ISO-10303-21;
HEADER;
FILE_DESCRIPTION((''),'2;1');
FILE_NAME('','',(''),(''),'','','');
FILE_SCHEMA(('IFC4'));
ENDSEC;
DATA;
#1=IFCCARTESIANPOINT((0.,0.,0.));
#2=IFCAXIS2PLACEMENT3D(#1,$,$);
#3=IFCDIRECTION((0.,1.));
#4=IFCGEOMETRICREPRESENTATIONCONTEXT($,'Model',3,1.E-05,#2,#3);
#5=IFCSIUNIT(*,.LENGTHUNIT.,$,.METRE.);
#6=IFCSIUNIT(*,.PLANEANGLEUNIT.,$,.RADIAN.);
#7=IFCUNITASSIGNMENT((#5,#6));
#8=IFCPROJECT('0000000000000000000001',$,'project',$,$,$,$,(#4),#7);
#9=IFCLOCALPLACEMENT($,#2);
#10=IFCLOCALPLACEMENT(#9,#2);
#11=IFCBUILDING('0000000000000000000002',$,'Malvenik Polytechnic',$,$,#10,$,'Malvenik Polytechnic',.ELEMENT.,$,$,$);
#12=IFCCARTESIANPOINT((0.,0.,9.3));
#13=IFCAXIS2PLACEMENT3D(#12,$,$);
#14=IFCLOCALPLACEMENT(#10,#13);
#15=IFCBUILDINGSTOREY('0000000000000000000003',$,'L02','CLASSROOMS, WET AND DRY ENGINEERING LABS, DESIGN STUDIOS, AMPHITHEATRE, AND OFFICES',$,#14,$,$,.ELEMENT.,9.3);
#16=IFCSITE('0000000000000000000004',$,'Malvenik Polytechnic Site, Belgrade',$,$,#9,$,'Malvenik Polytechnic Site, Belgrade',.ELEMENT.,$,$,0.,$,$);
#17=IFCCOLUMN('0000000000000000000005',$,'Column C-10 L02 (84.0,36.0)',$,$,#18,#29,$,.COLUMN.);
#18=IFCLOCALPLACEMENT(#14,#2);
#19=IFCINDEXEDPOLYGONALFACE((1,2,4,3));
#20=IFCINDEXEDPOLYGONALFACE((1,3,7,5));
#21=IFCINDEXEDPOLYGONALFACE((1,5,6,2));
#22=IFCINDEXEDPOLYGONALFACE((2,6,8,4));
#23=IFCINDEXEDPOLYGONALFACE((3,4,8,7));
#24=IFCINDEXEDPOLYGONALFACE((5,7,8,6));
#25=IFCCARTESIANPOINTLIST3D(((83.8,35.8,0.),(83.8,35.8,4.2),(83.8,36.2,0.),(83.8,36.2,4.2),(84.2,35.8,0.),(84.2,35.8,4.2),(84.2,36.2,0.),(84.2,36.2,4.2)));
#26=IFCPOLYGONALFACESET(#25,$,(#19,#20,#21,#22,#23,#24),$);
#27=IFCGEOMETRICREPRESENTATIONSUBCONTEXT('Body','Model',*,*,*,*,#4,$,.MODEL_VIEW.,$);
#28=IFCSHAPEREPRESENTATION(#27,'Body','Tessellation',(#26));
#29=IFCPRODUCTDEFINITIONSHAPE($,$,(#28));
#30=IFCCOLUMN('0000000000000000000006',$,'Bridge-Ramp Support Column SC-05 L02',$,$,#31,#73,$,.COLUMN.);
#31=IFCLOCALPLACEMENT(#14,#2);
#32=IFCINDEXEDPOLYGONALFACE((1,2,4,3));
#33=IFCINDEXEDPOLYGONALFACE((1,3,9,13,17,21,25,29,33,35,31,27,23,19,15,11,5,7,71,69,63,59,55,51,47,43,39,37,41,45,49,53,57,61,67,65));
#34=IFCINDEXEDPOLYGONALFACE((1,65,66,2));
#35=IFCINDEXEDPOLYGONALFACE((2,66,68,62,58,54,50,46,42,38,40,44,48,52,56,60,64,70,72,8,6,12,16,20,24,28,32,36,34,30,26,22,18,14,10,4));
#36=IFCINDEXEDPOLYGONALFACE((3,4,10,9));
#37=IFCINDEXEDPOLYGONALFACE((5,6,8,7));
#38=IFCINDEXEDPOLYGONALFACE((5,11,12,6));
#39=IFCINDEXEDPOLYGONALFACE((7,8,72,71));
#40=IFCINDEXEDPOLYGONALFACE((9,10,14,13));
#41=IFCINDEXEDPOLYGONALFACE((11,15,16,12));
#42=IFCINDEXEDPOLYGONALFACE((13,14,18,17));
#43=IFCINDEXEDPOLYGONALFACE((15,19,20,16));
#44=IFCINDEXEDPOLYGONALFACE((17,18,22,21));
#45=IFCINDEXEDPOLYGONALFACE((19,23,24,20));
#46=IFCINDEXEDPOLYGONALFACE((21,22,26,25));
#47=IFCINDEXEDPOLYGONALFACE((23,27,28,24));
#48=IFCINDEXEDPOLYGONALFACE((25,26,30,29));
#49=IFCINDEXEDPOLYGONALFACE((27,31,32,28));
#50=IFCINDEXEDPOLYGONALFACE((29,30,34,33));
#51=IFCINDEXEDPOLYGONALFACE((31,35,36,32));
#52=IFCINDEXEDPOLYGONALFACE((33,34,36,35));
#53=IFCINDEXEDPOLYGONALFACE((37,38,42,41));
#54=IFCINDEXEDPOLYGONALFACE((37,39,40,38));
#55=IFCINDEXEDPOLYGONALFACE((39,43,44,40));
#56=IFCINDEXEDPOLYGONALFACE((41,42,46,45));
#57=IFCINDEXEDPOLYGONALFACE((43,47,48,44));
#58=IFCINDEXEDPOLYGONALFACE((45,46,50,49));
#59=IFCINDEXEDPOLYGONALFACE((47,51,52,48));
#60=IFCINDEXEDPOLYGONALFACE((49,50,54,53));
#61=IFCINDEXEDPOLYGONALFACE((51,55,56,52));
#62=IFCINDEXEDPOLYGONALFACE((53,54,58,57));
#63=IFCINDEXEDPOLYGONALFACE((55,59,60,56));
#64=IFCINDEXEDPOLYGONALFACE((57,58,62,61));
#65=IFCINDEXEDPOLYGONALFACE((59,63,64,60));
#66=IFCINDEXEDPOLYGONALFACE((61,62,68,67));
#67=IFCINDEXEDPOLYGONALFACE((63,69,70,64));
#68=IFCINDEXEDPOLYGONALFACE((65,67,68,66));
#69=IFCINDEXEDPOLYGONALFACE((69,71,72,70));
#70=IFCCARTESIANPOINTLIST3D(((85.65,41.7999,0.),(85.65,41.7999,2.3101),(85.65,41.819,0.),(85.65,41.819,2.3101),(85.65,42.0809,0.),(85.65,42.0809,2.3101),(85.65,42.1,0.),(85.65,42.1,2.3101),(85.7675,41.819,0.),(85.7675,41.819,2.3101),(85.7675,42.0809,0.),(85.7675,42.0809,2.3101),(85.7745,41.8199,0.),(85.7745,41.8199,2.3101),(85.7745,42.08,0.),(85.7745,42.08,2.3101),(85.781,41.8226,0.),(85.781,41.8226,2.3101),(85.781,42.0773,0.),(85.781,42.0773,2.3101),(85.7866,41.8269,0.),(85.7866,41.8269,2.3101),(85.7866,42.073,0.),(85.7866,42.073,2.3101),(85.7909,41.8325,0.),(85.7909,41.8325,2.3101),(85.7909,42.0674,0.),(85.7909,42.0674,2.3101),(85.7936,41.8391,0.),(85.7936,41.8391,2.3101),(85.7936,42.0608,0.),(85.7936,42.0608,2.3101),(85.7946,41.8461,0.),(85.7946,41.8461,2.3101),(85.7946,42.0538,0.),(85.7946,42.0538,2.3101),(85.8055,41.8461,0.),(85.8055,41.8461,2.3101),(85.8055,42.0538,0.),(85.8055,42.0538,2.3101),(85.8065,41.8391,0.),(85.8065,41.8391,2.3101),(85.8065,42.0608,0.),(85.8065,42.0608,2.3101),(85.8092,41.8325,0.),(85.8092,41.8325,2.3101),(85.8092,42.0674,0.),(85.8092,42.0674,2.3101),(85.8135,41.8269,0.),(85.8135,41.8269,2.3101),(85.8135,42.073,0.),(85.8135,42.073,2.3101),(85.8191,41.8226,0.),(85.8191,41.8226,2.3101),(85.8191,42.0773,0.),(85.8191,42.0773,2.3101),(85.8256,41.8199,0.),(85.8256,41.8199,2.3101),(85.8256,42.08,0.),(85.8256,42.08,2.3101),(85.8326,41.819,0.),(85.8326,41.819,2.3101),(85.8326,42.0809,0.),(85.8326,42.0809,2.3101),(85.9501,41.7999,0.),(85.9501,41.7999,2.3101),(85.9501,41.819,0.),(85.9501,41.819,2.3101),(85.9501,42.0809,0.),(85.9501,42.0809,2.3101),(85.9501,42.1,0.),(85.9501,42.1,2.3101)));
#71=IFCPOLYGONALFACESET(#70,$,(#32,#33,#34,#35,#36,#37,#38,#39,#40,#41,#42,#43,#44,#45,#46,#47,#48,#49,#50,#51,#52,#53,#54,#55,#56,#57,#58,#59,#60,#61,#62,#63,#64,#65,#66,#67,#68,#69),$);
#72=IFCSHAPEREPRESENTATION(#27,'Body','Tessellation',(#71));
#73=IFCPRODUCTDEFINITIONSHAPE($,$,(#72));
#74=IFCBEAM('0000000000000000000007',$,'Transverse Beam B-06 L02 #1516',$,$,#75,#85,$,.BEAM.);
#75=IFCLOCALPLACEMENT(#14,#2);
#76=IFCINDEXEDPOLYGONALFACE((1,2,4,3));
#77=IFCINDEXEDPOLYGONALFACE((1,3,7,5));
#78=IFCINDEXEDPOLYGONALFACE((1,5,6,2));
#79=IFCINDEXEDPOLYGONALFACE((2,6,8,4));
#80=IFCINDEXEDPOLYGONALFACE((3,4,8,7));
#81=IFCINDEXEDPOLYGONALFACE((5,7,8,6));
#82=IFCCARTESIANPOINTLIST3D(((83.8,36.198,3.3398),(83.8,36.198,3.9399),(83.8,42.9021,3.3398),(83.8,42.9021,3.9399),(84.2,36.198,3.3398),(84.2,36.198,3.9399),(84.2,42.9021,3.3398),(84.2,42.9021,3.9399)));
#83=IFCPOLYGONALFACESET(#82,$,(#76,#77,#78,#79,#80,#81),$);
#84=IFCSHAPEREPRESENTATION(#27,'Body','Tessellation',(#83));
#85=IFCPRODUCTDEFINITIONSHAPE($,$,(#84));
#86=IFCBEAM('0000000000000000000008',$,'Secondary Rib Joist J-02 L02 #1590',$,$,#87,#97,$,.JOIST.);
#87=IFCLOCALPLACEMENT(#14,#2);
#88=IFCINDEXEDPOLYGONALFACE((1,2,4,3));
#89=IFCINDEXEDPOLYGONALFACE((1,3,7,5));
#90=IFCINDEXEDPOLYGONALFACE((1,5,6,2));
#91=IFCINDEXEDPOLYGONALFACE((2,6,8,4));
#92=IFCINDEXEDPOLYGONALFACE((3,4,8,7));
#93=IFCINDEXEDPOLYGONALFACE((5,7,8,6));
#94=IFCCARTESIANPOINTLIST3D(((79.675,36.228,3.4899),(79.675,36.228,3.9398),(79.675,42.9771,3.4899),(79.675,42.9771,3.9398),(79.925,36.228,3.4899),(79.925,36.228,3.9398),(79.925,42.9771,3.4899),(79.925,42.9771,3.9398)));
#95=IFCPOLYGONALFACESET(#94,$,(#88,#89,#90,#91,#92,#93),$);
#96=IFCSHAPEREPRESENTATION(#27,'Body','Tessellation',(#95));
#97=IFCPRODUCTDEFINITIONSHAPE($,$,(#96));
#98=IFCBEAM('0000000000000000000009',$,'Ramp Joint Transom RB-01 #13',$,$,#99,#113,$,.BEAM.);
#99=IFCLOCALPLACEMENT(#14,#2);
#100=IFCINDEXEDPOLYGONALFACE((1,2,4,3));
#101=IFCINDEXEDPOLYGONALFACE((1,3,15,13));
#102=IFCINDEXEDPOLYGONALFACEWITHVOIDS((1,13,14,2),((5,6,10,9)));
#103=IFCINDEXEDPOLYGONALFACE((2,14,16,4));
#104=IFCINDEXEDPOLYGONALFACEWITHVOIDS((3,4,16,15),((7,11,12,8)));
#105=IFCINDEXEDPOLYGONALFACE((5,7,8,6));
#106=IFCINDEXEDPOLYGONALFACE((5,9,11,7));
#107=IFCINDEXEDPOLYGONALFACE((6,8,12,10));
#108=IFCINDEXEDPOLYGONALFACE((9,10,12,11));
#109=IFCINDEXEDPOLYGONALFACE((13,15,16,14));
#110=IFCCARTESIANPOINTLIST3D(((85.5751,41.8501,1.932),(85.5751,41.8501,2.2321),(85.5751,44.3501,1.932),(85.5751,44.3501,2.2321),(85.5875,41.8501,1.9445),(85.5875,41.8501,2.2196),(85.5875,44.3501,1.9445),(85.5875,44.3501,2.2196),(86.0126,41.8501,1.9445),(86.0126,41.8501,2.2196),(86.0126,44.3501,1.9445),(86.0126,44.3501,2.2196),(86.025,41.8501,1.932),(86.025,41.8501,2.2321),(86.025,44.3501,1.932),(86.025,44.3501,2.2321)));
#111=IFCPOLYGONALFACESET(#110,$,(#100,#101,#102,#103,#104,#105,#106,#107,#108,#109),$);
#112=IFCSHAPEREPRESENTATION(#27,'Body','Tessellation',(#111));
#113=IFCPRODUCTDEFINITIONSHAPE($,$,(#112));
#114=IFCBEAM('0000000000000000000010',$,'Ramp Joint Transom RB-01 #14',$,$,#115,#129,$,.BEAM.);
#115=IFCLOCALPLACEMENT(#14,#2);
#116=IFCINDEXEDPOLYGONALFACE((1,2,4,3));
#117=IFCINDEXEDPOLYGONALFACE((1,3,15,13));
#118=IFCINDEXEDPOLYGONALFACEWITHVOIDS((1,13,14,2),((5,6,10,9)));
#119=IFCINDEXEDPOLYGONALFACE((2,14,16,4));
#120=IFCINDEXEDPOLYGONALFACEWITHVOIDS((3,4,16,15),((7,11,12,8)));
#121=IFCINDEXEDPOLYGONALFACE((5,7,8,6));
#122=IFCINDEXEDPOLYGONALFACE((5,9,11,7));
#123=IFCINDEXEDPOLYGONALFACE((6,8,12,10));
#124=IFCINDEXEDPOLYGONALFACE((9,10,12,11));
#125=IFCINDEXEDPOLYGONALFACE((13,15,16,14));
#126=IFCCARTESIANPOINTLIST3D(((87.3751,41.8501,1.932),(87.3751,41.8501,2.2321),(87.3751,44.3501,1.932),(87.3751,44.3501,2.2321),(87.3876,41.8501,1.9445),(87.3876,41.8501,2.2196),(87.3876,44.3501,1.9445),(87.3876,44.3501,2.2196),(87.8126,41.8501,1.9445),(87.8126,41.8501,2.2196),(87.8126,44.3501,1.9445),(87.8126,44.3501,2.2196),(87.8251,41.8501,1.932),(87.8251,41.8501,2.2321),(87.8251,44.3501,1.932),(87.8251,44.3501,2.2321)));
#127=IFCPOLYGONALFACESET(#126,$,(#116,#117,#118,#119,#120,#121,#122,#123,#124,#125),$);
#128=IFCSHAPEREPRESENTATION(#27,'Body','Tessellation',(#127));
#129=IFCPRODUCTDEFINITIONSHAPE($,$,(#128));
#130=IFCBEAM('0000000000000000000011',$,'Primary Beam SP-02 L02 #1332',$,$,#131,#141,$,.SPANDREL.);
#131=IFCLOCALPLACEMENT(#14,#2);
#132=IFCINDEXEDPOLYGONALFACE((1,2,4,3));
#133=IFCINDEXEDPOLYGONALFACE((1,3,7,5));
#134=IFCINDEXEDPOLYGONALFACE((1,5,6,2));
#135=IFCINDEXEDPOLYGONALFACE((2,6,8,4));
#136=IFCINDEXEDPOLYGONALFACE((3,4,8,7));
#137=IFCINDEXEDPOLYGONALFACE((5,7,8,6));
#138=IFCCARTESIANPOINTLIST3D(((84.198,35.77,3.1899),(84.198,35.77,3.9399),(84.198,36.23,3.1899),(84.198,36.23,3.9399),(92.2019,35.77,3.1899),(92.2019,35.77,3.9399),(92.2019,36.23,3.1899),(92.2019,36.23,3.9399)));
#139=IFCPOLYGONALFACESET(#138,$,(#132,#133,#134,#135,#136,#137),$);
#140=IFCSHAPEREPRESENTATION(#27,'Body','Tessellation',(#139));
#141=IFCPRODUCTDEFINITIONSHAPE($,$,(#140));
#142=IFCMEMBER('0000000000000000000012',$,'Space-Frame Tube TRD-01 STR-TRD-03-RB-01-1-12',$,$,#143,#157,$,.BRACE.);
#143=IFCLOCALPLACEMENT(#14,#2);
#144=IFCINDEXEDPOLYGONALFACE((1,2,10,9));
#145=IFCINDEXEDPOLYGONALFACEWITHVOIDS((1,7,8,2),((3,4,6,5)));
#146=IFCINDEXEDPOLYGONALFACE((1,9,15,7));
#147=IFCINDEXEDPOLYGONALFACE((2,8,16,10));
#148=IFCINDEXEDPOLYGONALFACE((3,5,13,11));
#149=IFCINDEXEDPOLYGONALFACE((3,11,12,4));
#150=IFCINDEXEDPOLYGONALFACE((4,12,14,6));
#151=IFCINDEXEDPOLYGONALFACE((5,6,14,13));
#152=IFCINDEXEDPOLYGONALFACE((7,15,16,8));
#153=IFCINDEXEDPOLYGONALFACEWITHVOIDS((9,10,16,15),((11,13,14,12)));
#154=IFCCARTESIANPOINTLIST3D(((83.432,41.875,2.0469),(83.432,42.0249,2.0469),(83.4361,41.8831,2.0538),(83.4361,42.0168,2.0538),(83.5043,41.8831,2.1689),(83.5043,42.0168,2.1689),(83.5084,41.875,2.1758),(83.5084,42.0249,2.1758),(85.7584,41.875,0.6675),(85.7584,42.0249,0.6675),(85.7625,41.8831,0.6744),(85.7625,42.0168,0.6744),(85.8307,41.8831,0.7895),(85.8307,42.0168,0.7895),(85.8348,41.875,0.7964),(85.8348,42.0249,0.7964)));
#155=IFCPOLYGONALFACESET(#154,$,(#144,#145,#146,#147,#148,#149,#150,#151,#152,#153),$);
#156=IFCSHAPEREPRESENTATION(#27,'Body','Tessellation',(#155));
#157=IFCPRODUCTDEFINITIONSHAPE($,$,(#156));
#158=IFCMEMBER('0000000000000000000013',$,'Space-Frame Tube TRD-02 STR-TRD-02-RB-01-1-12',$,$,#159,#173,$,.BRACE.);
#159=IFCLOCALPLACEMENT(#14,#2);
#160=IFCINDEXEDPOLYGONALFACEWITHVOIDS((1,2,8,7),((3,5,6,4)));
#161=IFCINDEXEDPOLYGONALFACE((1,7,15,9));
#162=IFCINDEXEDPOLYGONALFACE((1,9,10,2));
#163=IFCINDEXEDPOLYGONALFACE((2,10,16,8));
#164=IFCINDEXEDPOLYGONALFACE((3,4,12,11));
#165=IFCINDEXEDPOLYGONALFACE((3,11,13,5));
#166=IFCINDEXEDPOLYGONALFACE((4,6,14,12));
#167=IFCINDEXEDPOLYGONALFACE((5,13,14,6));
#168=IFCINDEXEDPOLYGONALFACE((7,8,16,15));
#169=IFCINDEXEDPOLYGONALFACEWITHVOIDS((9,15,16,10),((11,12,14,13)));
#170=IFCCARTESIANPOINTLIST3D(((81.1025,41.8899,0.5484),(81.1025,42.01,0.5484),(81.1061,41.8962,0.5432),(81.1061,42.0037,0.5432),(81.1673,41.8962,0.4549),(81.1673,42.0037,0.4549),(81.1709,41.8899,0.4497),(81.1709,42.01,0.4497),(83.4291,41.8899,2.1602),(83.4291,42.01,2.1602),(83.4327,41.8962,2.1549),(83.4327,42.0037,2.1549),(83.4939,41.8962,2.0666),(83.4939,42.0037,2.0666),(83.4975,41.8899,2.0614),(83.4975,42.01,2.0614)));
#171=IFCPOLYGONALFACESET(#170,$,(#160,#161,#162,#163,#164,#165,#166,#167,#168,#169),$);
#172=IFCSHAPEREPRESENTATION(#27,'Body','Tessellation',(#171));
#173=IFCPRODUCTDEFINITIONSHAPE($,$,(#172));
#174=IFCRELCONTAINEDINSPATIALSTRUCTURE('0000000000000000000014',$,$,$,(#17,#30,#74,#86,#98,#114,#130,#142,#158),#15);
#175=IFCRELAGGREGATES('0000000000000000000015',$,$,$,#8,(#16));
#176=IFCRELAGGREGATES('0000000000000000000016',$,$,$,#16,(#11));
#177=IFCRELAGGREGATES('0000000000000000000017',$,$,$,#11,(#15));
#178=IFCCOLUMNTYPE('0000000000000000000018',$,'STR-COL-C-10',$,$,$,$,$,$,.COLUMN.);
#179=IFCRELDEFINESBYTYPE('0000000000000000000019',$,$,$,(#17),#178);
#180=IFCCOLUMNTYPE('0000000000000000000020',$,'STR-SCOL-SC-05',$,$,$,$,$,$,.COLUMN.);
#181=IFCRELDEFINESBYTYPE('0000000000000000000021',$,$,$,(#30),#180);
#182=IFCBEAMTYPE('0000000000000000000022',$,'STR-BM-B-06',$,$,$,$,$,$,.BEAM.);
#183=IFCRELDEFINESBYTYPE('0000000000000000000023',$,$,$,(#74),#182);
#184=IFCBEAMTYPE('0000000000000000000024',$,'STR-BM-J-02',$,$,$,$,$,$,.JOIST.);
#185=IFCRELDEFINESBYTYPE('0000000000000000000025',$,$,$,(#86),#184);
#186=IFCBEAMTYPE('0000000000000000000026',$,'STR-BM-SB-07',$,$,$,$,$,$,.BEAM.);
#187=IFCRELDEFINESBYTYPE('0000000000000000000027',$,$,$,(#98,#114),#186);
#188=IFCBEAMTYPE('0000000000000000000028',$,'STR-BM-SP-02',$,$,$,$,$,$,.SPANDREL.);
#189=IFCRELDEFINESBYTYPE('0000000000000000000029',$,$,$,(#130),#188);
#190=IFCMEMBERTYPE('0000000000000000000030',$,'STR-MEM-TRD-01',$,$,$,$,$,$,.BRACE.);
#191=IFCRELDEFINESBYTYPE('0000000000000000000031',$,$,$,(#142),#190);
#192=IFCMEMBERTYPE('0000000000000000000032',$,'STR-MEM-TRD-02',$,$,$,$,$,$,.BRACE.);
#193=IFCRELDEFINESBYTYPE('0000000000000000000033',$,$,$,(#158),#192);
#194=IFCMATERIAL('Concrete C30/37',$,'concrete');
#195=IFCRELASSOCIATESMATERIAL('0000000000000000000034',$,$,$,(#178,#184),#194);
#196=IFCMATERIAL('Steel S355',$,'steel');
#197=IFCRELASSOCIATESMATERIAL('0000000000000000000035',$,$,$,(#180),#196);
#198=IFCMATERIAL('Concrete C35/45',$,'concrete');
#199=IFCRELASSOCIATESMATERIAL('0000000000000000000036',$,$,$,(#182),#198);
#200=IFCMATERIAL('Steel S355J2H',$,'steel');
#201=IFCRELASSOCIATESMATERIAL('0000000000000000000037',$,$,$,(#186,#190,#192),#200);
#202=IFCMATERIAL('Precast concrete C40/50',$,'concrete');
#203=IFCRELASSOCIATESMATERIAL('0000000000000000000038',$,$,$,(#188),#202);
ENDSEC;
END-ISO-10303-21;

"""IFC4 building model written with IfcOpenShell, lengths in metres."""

from ifc_helpers import new_model, si_unit, direction, frame, origin, origin_2d, place, context, subcontext, project, spatial, rectangle, hollow_rectangle, i_section, extrude, material, material_profile, profile_set, type_object, element, save


model = new_model("IFC4")

# Units and contexts
model_context = context("Model", 3, precision=1e-05, world=origin(), true_north=direction((0.0, 1.0)))
body_context = subcontext(model_context, "Body", "Model", "MODEL_VIEW")
ifc_project = project(units=[si_unit("LENGTHUNIT", "METRE"), si_unit("PLANEANGLEUNIT", "RADIAN")], contexts=[model_context])

# Site, building, storey
site_placement = place(None, origin())
site = spatial("IfcSite", under=ifc_project, at=site_placement, Name="Malvenik Polytechnic Site, Belgrade", LongName="Malvenik Polytechnic Site, Belgrade", CompositionType="ELEMENT", RefElevation=0.0)
building_placement = place(site_placement, origin())
building = spatial("IfcBuilding", under=site, at=building_placement, Name="Malvenik Polytechnic", LongName="Malvenik Polytechnic", CompositionType="ELEMENT")
storey_placement = place(building_placement, frame((0.0, 0.0, 9.3)))
storey = spatial("IfcBuildingStorey", under=building, at=storey_placement, Name="L02", Description="CLASSROOMS, WET AND DRY ENGINEERING LABS, DESIGN STUDIOS, AMPHITHEATRE, AND OFFICES", CompositionType="ELEMENT", Elevation=9.3)

# Columns
ifc_material_1 = material(Name="Concrete C30/37", Category="concrete")
ifc_material_profile_1 = material_profile(ifc_material_1, rectangle(XDim=0.3999, YDim=0.3999, at=origin_2d()), Name="RC COL 400x400")
ifc_profile_set_1 = profile_set([ifc_material_profile_1], Name="Concrete C30/37")
column_type_1 = type_object("IfcColumnType", Name="STR-COL-C-10", PredefinedType="COLUMN", material=ifc_profile_set_1)
column_1_placement = place(storey_placement, frame((84.0, 36.0, 0.0), z_axis=(0.0, 0.0, 1.0), x_axis=(1.0, 0.0, 0.0)))
element("IfcColumn", 1, at=column_1_placement, inside=storey, type_object=column_type_1, Name="Column C-10 L02 (84.0,36.0)", PredefinedType="COLUMN", context=body_context, shape_type="SweptSolid", body=[
    extrude(rectangle(XDim=0.3999, YDim=0.3999, at=origin_2d()), origin(), (0.0, 0.0, 1.0), 4.2),
])
ifc_material_2 = material(Name="Steel S355", Category="steel")
ifc_material_profile_2 = material_profile(ifc_material_2, i_section(OverallWidth=0.3, OverallDepth=0.3, WebThickness=0.011, FlangeThickness=0.019, FilletRadius=0.0271, at=origin_2d()), Name="HEB 300")
ifc_profile_set_2 = profile_set([ifc_material_profile_2], Name="Steel S355")
column_type_2 = type_object("IfcColumnType", Name="STR-SCOL-SC-05", PredefinedType="COLUMN", material=ifc_profile_set_2)
column_2_placement = place(storey_placement, frame((85.8, 41.95, 0.0), z_axis=(0.0, 0.0, 1.0), x_axis=(1.0, 0.0, 0.0)))
element("IfcColumn", 2, at=column_2_placement, inside=storey, type_object=column_type_2, Name="Bridge-Ramp Support Column SC-05 L02", PredefinedType="COLUMN", context=body_context, shape_type="SweptSolid", body=[
    extrude(i_section(OverallWidth=0.3, OverallDepth=0.3, WebThickness=0.011, FlangeThickness=0.019, FilletRadius=0.0271, at=origin_2d()), origin(), (0.0, 0.0, 1.0), 2.3101),
])

# Beams
ifc_material_3 = material(Name="Concrete C35/45", Category="concrete")
ifc_material_profile_3 = material_profile(ifc_material_3, rectangle(XDim=0.3999, YDim=0.6001, at=origin_2d()), Name="RC BM 400x600")
ifc_profile_set_3 = profile_set([ifc_material_profile_3], Name="Concrete C35/45")
beam_type_1 = type_object("IfcBeamType", Name="STR-BM-B-06", PredefinedType="BEAM", material=ifc_profile_set_3)
beam_1_placement = place(storey_placement, frame((84.0, 36.198, 3.6399), z_axis=(0.0, 1.0, 0.0), x_axis=(-1.0, 0.0, 0.0)))
element("IfcBeam", 3, at=beam_1_placement, inside=storey, type_object=beam_type_1, Name="Transverse Beam B-06 L02 #1516", PredefinedType="BEAM", context=body_context, shape_type="SweptSolid", body=[
    extrude(rectangle(XDim=0.3999, YDim=0.6001, at=origin_2d()), origin(), (0.0, 0.0, 1.0), 6.7041),
])
ifc_material_profile_4 = material_profile(ifc_material_1, rectangle(XDim=0.25, YDim=0.45, at=origin_2d()), Name="RC JST 250x450")
ifc_profile_set_4 = profile_set([ifc_material_profile_4], Name="Concrete C30/37")
beam_type_2 = type_object("IfcBeamType", Name="STR-BM-J-02", PredefinedType="JOIST", material=ifc_profile_set_4)
beam_2_placement = place(storey_placement, frame((79.8, 36.228, 3.7148), z_axis=(0.0, 1.0, 0.0), x_axis=(-1.0, 0.0, 0.0)))
element("IfcBeam", 4, at=beam_2_placement, inside=storey, type_object=beam_type_2, Name="Secondary Rib Joist J-02 L02 #1590", PredefinedType="JOIST", context=body_context, shape_type="SweptSolid", body=[
    extrude(rectangle(XDim=0.25, YDim=0.45, at=origin_2d()), origin(), (0.0, 0.0, 1.0), 6.749),
])
ifc_material_4 = material(Name="Steel S355J2H", Category="steel")
ifc_material_profile_5 = material_profile(ifc_material_4, hollow_rectangle(XDim=0.45, YDim=0.3, WallThickness=0.0125, at=origin_2d()), Name="RHS 450x300x12.5")
ifc_profile_set_5 = profile_set([ifc_material_profile_5], Name="Steel S355J2H")
beam_type_3 = type_object("IfcBeamType", Name="STR-BM-SB-07", PredefinedType="BEAM", material=ifc_profile_set_5)
for number, where, z_axis, x_axis, name in (
    (5, (85.8, 41.8501, 2.082), (0.0, 1.0, 0.0), (-1.0, 0.0, 0.0), "Ramp Joint Transom RB-01 #13"),
    (6, (87.6001, 41.8501, 2.082), (0.0, 1.0, 0.0), (-1.0, 0.0, 0.0), "Ramp Joint Transom RB-01 #14"),
):
    element("IfcBeam", number, at=place(storey_placement, frame(where, z_axis=z_axis, x_axis=x_axis)), inside=storey, type_object=beam_type_3, Name=name, PredefinedType="BEAM", context=body_context, shape_type="SweptSolid", body=[
        extrude(hollow_rectangle(XDim=0.45, YDim=0.3, WallThickness=0.0125, at=origin_2d()), origin(), (0.0, 0.0, 1.0), 2.5),
    ])
ifc_material_5 = material(Name="Precast concrete C40/50", Category="concrete")
ifc_material_profile_6 = material_profile(ifc_material_5, rectangle(XDim=0.46, YDim=0.75, at=origin_2d()), Name="PC SPN 460x750")
ifc_profile_set_6 = profile_set([ifc_material_profile_6], Name="Precast concrete C40/50")
beam_type_4 = type_object("IfcBeamType", Name="STR-BM-SP-02", PredefinedType="SPANDREL", material=ifc_profile_set_6)
beam_3_placement = place(storey_placement, frame((84.198, 36.0, 3.5649), z_axis=(1.0, 0.0, 0.0), x_axis=(0.0, 1.0, 0.0)))
element("IfcBeam", 7, at=beam_3_placement, inside=storey, type_object=beam_type_4, Name="Primary Beam SP-02 L02 #1332", PredefinedType="SPANDREL", context=body_context, shape_type="SweptSolid", body=[
    extrude(rectangle(XDim=0.46, YDim=0.75, at=origin_2d()), origin(), (0.0, 0.0, 1.0), 8.0039),
])

# Members
ifc_material_profile_7 = material_profile(ifc_material_4, hollow_rectangle(XDim=0.1499, YDim=0.1499, WallThickness=0.0081, at=origin_2d()), Name="SHS 150x150x8.0")
ifc_profile_set_7 = profile_set([ifc_material_profile_7], Name="Steel S355J2H")
member_type_1 = type_object("IfcMemberType", Name="STR-MEM-TRD-01", PredefinedType="BRACE", material=ifc_profile_set_7)
member_1_placement = place(storey_placement, frame((83.4702, 41.95, 2.1113), z_axis=(0.860165, 0.0, -0.510015), x_axis=(0.0, 1.0, 0.0)))
element("IfcMember", 8, at=member_1_placement, inside=storey, type_object=member_type_1, Name="Space-Frame Tube TRD-01 STR-TRD-03-RB-01-1-12", PredefinedType="BRACE", context=body_context, shape_type="SweptSolid", body=[
    extrude(hollow_rectangle(XDim=0.1499, YDim=0.1499, WallThickness=0.0081, at=origin_2d()), origin(), (0.0, 0.0, 1.0), 2.7046),
])
ifc_material_profile_8 = material_profile(ifc_material_4, hollow_rectangle(XDim=0.1201, YDim=0.1201, WallThickness=0.0063, at=origin_2d()), Name="SHS 120x120x6.3")
ifc_profile_set_8 = profile_set([ifc_material_profile_8], Name="Steel S355J2H")
member_type_2 = type_object("IfcMemberType", Name="STR-MEM-TRD-02", PredefinedType="BRACE", material=ifc_profile_set_8)
member_2_placement = place(storey_placement, frame((81.1367, 41.95, 0.499), z_axis=(0.822018, 0.0, 0.569461), x_axis=(0.0, 1.0, 0.0)))
element("IfcMember", 9, at=member_2_placement, inside=storey, type_object=member_type_2, Name="Space-Frame Tube TRD-02 STR-TRD-02-RB-01-1-12", PredefinedType="BRACE", context=body_context, shape_type="SweptSolid", body=[
    extrude(hollow_rectangle(XDim=0.1201, YDim=0.1201, WallThickness=0.0063, at=origin_2d()), origin(), (0.0, 0.0, 1.0), 2.8303),
])

save(model, "model.ifc")
